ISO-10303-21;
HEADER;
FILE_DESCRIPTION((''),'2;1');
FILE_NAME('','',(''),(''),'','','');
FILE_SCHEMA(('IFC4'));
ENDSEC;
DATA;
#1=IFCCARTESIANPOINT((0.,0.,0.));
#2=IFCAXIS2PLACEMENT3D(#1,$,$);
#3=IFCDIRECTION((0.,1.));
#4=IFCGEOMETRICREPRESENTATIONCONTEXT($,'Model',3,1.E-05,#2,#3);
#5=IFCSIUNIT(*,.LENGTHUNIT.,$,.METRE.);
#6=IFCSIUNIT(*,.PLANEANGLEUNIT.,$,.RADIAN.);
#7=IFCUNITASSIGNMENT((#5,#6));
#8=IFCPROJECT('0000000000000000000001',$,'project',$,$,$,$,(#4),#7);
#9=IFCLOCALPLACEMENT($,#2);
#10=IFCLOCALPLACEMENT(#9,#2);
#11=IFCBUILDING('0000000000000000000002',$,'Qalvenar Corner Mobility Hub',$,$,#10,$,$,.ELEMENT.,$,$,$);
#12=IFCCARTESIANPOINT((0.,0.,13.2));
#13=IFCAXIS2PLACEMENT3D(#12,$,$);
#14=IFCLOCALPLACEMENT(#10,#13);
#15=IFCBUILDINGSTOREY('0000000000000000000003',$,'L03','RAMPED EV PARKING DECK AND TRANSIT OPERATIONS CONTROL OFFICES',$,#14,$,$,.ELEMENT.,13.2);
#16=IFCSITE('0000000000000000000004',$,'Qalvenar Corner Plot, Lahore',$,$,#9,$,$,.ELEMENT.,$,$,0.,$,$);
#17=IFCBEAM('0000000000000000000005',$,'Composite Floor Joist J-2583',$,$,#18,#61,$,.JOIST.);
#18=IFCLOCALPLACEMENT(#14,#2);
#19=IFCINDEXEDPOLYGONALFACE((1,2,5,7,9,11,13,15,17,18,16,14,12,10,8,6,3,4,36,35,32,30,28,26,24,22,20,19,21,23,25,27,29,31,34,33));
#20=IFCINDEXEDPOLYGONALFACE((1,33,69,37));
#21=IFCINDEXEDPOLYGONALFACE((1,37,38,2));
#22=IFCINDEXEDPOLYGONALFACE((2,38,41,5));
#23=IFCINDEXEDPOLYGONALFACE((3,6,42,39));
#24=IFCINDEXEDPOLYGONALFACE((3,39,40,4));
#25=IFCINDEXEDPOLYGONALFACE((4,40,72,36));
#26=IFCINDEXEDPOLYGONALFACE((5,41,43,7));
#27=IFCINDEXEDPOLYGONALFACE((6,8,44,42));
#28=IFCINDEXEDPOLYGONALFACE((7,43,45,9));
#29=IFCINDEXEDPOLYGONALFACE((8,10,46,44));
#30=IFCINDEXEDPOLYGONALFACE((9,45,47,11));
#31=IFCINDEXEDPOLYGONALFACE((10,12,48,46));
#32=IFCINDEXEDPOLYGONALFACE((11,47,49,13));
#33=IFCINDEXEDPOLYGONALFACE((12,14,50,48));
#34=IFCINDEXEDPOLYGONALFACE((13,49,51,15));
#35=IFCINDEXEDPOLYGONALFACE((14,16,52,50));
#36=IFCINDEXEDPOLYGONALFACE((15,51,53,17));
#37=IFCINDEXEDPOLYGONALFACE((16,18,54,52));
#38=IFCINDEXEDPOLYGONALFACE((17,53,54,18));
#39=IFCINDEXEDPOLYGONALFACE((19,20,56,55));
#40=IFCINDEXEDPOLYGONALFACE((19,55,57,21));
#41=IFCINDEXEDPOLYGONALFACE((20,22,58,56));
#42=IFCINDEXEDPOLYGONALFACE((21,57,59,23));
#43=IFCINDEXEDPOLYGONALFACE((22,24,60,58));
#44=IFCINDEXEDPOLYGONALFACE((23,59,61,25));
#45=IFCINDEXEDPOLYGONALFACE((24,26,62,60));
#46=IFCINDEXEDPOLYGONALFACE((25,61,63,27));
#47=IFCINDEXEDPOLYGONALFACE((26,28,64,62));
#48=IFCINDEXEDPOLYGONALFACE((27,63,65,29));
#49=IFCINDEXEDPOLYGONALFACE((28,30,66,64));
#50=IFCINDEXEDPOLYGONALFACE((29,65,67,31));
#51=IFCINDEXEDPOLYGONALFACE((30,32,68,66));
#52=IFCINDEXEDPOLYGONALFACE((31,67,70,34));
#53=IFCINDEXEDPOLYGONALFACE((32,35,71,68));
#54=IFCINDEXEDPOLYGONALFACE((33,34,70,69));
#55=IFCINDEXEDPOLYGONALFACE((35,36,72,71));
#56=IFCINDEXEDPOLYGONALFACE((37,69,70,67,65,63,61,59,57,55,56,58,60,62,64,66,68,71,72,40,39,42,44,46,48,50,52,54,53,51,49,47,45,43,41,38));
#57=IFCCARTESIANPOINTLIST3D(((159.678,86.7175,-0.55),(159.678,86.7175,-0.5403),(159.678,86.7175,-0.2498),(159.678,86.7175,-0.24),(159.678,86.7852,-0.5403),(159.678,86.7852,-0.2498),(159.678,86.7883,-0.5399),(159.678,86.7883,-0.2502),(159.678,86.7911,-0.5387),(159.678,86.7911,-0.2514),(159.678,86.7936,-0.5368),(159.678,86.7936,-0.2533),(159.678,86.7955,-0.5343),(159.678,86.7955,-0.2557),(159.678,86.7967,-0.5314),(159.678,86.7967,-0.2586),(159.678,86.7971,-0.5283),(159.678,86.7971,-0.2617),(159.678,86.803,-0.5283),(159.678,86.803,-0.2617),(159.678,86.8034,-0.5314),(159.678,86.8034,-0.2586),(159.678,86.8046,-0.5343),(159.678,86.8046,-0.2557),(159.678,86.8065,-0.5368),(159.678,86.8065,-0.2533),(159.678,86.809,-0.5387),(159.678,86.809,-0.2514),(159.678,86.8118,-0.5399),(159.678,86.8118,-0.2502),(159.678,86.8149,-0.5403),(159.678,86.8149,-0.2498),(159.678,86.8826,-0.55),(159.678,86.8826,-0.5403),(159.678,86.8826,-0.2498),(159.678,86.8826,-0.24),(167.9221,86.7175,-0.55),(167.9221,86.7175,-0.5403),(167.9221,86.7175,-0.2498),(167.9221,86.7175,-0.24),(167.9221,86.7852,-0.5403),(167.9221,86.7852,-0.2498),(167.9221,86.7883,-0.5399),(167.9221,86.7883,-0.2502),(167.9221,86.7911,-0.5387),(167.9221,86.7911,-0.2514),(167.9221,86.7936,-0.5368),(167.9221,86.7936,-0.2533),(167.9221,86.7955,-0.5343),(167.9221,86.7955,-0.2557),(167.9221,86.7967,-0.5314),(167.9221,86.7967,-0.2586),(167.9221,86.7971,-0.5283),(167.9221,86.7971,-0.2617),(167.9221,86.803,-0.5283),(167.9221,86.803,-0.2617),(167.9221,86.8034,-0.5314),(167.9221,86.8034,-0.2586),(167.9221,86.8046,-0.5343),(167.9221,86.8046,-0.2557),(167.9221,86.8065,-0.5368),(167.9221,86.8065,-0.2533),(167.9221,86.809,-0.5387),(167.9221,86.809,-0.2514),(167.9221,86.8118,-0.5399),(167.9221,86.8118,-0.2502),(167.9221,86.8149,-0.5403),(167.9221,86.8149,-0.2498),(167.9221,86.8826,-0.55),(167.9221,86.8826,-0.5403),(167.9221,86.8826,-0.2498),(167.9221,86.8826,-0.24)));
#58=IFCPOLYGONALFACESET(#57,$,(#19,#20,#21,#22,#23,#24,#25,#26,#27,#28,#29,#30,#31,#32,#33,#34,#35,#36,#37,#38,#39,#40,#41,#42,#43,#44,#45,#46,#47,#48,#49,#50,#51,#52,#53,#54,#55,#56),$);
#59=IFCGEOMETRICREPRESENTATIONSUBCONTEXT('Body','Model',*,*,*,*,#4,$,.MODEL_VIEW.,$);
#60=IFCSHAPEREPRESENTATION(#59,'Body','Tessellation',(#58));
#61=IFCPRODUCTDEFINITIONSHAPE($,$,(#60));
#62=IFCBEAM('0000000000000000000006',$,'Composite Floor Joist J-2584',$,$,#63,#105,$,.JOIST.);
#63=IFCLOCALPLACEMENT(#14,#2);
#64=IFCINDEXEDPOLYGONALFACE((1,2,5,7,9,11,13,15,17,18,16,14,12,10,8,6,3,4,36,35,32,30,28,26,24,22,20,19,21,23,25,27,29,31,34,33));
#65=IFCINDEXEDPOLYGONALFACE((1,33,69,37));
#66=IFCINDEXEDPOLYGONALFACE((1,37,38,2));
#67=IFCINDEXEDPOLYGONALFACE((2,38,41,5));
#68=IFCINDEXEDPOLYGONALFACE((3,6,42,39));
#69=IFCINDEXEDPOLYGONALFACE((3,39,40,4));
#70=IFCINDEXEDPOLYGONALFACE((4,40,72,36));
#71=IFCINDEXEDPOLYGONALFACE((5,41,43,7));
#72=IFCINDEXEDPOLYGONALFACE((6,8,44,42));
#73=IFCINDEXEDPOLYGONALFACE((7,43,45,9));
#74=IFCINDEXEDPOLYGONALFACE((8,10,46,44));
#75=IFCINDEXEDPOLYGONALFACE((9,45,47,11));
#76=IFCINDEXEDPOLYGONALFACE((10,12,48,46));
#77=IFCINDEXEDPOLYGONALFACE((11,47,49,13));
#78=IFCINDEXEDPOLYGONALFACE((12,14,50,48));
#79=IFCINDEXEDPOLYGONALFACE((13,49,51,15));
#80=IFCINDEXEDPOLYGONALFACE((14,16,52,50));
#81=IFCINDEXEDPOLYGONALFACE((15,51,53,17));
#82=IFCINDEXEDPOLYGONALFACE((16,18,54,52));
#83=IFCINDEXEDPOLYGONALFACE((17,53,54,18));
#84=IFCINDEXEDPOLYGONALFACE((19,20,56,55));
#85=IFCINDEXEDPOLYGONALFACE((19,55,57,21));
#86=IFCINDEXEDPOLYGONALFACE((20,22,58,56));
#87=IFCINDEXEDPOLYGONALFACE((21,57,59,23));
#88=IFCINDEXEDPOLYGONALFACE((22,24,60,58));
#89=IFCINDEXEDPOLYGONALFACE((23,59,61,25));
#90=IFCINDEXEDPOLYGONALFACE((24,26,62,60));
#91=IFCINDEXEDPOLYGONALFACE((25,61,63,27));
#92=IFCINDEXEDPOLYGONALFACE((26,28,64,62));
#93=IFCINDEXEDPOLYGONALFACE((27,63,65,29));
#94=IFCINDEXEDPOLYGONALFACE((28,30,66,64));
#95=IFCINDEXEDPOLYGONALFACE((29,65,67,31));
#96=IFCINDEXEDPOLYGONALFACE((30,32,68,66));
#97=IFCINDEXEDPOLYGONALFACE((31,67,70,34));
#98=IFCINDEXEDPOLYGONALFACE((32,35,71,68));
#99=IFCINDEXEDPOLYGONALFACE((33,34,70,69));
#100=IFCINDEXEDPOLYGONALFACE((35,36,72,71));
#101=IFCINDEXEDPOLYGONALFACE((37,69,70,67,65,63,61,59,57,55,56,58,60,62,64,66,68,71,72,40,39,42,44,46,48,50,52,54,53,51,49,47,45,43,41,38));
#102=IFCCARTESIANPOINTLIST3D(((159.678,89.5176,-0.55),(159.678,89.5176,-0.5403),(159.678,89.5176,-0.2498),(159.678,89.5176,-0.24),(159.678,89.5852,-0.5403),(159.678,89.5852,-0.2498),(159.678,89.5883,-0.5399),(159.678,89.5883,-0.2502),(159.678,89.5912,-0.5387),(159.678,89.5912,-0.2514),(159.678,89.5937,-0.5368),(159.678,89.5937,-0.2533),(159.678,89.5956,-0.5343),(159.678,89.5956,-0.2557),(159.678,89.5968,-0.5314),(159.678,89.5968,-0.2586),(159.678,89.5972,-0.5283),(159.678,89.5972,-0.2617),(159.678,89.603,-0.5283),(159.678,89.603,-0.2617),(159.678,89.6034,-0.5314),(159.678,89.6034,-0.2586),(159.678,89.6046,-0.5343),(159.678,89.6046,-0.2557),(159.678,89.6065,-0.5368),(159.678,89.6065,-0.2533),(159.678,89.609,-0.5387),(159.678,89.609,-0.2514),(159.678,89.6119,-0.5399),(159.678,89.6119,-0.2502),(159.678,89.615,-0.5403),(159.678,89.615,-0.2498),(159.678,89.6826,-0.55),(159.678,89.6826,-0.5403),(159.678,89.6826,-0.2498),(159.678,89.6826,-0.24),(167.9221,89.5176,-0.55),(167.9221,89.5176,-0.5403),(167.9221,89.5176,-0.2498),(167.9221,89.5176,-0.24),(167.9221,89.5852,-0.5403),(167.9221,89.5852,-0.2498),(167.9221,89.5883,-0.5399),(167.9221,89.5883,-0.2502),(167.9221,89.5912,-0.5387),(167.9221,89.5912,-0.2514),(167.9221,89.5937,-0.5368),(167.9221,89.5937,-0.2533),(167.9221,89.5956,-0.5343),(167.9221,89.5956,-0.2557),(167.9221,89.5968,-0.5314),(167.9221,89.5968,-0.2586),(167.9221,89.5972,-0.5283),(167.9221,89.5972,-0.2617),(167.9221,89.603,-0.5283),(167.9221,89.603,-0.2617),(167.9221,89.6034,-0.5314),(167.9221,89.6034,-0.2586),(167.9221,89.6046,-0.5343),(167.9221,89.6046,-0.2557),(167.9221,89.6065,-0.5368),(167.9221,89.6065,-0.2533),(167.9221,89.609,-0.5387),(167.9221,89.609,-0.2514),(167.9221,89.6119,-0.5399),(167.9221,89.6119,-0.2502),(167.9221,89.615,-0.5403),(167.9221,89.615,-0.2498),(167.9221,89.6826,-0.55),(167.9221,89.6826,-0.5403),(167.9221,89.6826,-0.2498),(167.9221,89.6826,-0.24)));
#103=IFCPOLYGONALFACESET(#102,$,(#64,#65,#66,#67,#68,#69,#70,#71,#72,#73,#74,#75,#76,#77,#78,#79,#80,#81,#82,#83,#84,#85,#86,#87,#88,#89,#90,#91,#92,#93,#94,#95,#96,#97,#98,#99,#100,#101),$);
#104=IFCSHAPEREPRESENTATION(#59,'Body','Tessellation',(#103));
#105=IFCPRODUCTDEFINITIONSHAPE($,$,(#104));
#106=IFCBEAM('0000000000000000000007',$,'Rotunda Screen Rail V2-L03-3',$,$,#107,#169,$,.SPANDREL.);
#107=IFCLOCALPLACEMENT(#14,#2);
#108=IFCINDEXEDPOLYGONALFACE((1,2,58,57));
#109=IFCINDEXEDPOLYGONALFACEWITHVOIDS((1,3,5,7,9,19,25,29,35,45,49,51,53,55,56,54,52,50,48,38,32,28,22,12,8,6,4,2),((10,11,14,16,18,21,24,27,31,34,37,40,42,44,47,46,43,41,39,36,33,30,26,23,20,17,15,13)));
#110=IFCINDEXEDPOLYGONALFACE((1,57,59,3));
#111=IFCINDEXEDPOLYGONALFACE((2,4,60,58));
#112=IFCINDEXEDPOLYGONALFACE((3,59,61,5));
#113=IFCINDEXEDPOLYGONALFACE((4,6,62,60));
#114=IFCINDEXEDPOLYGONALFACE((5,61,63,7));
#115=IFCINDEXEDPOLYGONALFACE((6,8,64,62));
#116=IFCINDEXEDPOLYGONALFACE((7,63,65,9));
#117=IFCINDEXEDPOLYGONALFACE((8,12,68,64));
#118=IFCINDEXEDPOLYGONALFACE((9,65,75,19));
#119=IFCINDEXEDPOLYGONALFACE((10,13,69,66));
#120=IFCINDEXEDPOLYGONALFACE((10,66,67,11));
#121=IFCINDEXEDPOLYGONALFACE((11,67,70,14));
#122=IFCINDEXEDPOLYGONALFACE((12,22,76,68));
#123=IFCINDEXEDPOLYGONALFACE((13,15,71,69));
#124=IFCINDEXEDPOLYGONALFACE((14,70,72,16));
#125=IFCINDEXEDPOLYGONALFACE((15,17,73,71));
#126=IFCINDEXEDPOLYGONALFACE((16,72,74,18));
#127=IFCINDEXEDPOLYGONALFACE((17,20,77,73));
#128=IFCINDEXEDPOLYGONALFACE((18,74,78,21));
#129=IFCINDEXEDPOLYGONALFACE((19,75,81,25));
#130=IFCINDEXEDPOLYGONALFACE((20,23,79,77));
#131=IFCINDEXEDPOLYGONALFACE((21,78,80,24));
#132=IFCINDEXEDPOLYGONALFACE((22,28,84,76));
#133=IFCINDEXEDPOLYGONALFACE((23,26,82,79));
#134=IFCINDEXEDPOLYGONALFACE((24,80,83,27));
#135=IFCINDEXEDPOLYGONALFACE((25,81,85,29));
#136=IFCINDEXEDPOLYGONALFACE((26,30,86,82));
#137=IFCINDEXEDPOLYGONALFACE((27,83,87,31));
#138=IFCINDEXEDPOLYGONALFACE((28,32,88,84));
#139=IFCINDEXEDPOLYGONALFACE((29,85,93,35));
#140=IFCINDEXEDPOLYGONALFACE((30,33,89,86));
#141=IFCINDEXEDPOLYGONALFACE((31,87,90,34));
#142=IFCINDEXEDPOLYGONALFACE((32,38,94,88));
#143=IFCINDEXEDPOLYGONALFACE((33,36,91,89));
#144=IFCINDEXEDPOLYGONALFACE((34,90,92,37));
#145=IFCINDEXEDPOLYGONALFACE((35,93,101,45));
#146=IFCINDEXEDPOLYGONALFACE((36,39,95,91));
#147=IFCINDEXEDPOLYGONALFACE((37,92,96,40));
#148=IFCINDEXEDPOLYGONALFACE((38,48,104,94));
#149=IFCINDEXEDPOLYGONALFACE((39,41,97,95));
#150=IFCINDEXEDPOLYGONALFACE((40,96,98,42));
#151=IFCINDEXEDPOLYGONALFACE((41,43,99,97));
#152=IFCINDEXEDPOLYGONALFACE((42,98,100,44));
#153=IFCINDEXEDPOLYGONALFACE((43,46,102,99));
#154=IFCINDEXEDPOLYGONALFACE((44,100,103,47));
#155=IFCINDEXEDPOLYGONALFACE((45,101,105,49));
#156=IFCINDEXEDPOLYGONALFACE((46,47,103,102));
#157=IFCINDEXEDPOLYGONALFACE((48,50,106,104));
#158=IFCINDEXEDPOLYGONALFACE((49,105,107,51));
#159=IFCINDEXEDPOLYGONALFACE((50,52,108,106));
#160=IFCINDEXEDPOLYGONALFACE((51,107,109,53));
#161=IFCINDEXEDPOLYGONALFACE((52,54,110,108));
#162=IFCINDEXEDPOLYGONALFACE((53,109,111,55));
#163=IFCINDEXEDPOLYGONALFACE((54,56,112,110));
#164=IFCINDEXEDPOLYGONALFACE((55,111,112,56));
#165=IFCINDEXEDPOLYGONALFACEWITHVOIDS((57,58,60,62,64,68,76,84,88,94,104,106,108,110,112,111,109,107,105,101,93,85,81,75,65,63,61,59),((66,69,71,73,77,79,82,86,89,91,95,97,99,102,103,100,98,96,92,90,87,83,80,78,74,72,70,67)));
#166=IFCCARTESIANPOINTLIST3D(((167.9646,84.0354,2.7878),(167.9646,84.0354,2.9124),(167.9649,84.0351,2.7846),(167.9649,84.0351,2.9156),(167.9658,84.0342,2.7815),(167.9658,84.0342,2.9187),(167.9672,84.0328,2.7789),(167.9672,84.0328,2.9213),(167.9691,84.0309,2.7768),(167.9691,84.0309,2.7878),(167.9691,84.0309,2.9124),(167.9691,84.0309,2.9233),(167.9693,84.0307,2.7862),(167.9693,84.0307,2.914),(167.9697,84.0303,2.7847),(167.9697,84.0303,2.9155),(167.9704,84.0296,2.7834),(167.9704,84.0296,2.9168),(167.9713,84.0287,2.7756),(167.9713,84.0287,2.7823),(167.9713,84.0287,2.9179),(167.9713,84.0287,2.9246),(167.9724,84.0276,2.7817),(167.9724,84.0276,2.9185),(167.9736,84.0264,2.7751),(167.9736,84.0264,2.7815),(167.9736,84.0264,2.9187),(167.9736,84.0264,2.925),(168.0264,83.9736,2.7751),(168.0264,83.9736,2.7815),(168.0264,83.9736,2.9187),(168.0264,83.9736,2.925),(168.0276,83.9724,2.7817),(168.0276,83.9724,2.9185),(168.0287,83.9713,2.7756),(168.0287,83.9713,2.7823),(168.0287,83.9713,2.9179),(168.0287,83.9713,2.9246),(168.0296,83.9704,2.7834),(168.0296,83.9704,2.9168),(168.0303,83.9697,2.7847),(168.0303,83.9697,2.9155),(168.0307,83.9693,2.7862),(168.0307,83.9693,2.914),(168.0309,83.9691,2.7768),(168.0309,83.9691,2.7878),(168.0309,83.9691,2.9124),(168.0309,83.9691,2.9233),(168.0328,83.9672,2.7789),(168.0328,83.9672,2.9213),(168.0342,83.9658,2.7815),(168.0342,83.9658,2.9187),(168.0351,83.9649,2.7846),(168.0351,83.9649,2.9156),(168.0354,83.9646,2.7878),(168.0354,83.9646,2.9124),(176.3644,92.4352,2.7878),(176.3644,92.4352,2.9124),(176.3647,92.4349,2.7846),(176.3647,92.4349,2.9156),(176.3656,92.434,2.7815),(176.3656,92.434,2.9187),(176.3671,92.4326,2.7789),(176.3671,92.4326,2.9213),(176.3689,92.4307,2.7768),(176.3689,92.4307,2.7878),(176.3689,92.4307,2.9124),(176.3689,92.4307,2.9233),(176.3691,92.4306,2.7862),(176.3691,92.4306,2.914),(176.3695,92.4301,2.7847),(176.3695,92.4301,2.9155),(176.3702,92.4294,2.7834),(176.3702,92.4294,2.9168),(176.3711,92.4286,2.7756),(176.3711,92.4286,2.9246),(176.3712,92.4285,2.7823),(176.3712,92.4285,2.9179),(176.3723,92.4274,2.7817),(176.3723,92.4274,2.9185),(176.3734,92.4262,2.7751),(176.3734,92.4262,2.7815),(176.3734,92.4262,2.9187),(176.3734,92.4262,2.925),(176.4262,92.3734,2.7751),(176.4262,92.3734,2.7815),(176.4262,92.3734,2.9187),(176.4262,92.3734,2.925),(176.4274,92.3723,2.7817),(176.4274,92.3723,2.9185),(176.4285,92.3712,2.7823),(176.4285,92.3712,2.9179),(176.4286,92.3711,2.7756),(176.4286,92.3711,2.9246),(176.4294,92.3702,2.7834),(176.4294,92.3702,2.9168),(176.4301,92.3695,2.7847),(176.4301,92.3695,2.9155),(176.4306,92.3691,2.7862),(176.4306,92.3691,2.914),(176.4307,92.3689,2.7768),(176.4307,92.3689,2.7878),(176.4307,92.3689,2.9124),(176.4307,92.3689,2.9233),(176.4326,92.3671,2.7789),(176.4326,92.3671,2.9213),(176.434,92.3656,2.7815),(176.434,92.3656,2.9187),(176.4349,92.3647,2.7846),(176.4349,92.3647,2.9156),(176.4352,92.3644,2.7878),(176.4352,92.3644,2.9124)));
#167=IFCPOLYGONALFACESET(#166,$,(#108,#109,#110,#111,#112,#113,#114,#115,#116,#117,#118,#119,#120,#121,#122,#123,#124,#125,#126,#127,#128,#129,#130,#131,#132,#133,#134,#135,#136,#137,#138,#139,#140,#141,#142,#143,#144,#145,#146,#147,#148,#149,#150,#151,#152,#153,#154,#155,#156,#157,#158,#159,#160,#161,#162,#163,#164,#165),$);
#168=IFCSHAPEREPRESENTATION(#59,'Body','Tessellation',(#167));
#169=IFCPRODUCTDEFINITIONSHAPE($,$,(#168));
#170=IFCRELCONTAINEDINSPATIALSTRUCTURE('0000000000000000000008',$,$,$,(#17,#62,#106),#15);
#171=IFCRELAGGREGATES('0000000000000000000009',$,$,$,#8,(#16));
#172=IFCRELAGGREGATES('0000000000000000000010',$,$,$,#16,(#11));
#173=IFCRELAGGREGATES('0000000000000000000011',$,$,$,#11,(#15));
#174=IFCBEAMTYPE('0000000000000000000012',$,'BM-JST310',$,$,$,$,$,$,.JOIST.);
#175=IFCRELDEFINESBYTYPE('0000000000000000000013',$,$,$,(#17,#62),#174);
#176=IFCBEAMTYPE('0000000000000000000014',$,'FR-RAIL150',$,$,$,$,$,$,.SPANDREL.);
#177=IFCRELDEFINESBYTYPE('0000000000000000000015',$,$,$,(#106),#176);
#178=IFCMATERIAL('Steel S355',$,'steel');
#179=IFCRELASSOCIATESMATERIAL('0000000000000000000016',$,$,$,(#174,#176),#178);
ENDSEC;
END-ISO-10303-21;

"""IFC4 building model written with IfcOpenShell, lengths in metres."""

from ifc_helpers import new_model, si_unit, direction, frame, origin, origin_2d, place, context, subcontext, project, spatial, hollow_rectangle, i_section, extrude, material, material_profile, profile_set, type_object, element, save


model = new_model("IFC4")

# Units and contexts
model_context = context("Model", 3, precision=1e-05, world=origin(), true_north=direction((0.0, 1.0)))
body_context = subcontext(model_context, "Body", "Model", "MODEL_VIEW")
ifc_project = project(units=[si_unit("LENGTHUNIT", "METRE"), si_unit("PLANEANGLEUNIT", "RADIAN")], contexts=[model_context])

# Site, building, storey
site_placement = place(None, origin())
site = spatial("IfcSite", under=ifc_project, at=site_placement, Name="Qalvenar Corner Plot, Lahore", CompositionType="ELEMENT", RefElevation=0.0)
building_placement = place(site_placement, origin())
building = spatial("IfcBuilding", under=site, at=building_placement, Name="Qalvenar Corner Mobility Hub", CompositionType="ELEMENT")
storey_placement = place(building_placement, frame((0.0, 0.0, 13.2)))
storey = spatial("IfcBuildingStorey", under=building, at=storey_placement, Name="L03", Description="RAMPED EV PARKING DECK AND TRANSIT OPERATIONS CONTROL OFFICES", CompositionType="ELEMENT", Elevation=13.2)

# Shared definitions
ifc_material_1 = material(Name="Steel S355", Category="steel")

# Beams
ifc_material_profile_1 = material_profile(ifc_material_1, i_section(OverallWidth=0.165, OverallDepth=0.3101, WebThickness=0.0059, FlangeThickness=0.0098, FilletRadius=0.012, at=origin_2d()), Name="W310x38.7")
ifc_profile_set_1 = profile_set([ifc_material_profile_1], Name="Steel S355")
beam_type_1 = type_object("IfcBeamType", Name="BM-JST310", PredefinedType="JOIST", material=ifc_profile_set_1)
for number, where, z_axis, x_axis, name in (
    (1, (159.678, 86.8, -0.395), (1.0, 0.0, 0.0), (0.0, 1.0, 0.0), "Composite Floor Joist J-2583"),
    (2, (159.678, 89.6001, -0.395), (1.0, 0.0, 0.0), (0.0, 1.0, 0.0), "Composite Floor Joist J-2584"),
):
    element("IfcBeam", number, at=place(storey_placement, frame(where, z_axis=z_axis, x_axis=x_axis)), inside=storey, type_object=beam_type_1, Name=name, PredefinedType="JOIST", context=body_context, shape_type="SweptSolid", body=[
        extrude(i_section(OverallWidth=0.165, OverallDepth=0.3101, WebThickness=0.0059, FlangeThickness=0.0098, FilletRadius=0.012, at=origin_2d()), origin(), (0.0, 0.0, 1.0), 8.2441),
    ])
ifc_material_profile_2 = material_profile(ifc_material_1, hollow_rectangle(XDim=0.1001, YDim=0.1499, WallThickness=0.0063, InnerFilletRadius=0.0063, OuterFilletRadius=0.0127, at=origin_2d()), Name="RHS150x100x6.3")
ifc_profile_set_2 = profile_set([ifc_material_profile_2], Name="Steel S355")
beam_type_2 = type_object("IfcBeamType", Name="FR-RAIL150", PredefinedType="SPANDREL", material=ifc_profile_set_2)
beam_1_placement = place(storey_placement, frame((168.0, 84.0, 2.8501), z_axis=(0.707107, 0.707107, 0.0), x_axis=(-0.707107, 0.707107, 0.0)))
element("IfcBeam", 3, at=beam_1_placement, inside=storey, type_object=beam_type_2, Name="Rotunda Screen Rail V2-L03-3", PredefinedType="SPANDREL", context=body_context, shape_type="SweptSolid", body=[
    extrude(hollow_rectangle(XDim=0.1001, YDim=0.1499, WallThickness=0.0063, InnerFilletRadius=0.0063, OuterFilletRadius=0.0127, at=origin_2d()), origin(), (0.0, 0.0, 1.0), 11.8792),
])

save(model, "model.ifc")
